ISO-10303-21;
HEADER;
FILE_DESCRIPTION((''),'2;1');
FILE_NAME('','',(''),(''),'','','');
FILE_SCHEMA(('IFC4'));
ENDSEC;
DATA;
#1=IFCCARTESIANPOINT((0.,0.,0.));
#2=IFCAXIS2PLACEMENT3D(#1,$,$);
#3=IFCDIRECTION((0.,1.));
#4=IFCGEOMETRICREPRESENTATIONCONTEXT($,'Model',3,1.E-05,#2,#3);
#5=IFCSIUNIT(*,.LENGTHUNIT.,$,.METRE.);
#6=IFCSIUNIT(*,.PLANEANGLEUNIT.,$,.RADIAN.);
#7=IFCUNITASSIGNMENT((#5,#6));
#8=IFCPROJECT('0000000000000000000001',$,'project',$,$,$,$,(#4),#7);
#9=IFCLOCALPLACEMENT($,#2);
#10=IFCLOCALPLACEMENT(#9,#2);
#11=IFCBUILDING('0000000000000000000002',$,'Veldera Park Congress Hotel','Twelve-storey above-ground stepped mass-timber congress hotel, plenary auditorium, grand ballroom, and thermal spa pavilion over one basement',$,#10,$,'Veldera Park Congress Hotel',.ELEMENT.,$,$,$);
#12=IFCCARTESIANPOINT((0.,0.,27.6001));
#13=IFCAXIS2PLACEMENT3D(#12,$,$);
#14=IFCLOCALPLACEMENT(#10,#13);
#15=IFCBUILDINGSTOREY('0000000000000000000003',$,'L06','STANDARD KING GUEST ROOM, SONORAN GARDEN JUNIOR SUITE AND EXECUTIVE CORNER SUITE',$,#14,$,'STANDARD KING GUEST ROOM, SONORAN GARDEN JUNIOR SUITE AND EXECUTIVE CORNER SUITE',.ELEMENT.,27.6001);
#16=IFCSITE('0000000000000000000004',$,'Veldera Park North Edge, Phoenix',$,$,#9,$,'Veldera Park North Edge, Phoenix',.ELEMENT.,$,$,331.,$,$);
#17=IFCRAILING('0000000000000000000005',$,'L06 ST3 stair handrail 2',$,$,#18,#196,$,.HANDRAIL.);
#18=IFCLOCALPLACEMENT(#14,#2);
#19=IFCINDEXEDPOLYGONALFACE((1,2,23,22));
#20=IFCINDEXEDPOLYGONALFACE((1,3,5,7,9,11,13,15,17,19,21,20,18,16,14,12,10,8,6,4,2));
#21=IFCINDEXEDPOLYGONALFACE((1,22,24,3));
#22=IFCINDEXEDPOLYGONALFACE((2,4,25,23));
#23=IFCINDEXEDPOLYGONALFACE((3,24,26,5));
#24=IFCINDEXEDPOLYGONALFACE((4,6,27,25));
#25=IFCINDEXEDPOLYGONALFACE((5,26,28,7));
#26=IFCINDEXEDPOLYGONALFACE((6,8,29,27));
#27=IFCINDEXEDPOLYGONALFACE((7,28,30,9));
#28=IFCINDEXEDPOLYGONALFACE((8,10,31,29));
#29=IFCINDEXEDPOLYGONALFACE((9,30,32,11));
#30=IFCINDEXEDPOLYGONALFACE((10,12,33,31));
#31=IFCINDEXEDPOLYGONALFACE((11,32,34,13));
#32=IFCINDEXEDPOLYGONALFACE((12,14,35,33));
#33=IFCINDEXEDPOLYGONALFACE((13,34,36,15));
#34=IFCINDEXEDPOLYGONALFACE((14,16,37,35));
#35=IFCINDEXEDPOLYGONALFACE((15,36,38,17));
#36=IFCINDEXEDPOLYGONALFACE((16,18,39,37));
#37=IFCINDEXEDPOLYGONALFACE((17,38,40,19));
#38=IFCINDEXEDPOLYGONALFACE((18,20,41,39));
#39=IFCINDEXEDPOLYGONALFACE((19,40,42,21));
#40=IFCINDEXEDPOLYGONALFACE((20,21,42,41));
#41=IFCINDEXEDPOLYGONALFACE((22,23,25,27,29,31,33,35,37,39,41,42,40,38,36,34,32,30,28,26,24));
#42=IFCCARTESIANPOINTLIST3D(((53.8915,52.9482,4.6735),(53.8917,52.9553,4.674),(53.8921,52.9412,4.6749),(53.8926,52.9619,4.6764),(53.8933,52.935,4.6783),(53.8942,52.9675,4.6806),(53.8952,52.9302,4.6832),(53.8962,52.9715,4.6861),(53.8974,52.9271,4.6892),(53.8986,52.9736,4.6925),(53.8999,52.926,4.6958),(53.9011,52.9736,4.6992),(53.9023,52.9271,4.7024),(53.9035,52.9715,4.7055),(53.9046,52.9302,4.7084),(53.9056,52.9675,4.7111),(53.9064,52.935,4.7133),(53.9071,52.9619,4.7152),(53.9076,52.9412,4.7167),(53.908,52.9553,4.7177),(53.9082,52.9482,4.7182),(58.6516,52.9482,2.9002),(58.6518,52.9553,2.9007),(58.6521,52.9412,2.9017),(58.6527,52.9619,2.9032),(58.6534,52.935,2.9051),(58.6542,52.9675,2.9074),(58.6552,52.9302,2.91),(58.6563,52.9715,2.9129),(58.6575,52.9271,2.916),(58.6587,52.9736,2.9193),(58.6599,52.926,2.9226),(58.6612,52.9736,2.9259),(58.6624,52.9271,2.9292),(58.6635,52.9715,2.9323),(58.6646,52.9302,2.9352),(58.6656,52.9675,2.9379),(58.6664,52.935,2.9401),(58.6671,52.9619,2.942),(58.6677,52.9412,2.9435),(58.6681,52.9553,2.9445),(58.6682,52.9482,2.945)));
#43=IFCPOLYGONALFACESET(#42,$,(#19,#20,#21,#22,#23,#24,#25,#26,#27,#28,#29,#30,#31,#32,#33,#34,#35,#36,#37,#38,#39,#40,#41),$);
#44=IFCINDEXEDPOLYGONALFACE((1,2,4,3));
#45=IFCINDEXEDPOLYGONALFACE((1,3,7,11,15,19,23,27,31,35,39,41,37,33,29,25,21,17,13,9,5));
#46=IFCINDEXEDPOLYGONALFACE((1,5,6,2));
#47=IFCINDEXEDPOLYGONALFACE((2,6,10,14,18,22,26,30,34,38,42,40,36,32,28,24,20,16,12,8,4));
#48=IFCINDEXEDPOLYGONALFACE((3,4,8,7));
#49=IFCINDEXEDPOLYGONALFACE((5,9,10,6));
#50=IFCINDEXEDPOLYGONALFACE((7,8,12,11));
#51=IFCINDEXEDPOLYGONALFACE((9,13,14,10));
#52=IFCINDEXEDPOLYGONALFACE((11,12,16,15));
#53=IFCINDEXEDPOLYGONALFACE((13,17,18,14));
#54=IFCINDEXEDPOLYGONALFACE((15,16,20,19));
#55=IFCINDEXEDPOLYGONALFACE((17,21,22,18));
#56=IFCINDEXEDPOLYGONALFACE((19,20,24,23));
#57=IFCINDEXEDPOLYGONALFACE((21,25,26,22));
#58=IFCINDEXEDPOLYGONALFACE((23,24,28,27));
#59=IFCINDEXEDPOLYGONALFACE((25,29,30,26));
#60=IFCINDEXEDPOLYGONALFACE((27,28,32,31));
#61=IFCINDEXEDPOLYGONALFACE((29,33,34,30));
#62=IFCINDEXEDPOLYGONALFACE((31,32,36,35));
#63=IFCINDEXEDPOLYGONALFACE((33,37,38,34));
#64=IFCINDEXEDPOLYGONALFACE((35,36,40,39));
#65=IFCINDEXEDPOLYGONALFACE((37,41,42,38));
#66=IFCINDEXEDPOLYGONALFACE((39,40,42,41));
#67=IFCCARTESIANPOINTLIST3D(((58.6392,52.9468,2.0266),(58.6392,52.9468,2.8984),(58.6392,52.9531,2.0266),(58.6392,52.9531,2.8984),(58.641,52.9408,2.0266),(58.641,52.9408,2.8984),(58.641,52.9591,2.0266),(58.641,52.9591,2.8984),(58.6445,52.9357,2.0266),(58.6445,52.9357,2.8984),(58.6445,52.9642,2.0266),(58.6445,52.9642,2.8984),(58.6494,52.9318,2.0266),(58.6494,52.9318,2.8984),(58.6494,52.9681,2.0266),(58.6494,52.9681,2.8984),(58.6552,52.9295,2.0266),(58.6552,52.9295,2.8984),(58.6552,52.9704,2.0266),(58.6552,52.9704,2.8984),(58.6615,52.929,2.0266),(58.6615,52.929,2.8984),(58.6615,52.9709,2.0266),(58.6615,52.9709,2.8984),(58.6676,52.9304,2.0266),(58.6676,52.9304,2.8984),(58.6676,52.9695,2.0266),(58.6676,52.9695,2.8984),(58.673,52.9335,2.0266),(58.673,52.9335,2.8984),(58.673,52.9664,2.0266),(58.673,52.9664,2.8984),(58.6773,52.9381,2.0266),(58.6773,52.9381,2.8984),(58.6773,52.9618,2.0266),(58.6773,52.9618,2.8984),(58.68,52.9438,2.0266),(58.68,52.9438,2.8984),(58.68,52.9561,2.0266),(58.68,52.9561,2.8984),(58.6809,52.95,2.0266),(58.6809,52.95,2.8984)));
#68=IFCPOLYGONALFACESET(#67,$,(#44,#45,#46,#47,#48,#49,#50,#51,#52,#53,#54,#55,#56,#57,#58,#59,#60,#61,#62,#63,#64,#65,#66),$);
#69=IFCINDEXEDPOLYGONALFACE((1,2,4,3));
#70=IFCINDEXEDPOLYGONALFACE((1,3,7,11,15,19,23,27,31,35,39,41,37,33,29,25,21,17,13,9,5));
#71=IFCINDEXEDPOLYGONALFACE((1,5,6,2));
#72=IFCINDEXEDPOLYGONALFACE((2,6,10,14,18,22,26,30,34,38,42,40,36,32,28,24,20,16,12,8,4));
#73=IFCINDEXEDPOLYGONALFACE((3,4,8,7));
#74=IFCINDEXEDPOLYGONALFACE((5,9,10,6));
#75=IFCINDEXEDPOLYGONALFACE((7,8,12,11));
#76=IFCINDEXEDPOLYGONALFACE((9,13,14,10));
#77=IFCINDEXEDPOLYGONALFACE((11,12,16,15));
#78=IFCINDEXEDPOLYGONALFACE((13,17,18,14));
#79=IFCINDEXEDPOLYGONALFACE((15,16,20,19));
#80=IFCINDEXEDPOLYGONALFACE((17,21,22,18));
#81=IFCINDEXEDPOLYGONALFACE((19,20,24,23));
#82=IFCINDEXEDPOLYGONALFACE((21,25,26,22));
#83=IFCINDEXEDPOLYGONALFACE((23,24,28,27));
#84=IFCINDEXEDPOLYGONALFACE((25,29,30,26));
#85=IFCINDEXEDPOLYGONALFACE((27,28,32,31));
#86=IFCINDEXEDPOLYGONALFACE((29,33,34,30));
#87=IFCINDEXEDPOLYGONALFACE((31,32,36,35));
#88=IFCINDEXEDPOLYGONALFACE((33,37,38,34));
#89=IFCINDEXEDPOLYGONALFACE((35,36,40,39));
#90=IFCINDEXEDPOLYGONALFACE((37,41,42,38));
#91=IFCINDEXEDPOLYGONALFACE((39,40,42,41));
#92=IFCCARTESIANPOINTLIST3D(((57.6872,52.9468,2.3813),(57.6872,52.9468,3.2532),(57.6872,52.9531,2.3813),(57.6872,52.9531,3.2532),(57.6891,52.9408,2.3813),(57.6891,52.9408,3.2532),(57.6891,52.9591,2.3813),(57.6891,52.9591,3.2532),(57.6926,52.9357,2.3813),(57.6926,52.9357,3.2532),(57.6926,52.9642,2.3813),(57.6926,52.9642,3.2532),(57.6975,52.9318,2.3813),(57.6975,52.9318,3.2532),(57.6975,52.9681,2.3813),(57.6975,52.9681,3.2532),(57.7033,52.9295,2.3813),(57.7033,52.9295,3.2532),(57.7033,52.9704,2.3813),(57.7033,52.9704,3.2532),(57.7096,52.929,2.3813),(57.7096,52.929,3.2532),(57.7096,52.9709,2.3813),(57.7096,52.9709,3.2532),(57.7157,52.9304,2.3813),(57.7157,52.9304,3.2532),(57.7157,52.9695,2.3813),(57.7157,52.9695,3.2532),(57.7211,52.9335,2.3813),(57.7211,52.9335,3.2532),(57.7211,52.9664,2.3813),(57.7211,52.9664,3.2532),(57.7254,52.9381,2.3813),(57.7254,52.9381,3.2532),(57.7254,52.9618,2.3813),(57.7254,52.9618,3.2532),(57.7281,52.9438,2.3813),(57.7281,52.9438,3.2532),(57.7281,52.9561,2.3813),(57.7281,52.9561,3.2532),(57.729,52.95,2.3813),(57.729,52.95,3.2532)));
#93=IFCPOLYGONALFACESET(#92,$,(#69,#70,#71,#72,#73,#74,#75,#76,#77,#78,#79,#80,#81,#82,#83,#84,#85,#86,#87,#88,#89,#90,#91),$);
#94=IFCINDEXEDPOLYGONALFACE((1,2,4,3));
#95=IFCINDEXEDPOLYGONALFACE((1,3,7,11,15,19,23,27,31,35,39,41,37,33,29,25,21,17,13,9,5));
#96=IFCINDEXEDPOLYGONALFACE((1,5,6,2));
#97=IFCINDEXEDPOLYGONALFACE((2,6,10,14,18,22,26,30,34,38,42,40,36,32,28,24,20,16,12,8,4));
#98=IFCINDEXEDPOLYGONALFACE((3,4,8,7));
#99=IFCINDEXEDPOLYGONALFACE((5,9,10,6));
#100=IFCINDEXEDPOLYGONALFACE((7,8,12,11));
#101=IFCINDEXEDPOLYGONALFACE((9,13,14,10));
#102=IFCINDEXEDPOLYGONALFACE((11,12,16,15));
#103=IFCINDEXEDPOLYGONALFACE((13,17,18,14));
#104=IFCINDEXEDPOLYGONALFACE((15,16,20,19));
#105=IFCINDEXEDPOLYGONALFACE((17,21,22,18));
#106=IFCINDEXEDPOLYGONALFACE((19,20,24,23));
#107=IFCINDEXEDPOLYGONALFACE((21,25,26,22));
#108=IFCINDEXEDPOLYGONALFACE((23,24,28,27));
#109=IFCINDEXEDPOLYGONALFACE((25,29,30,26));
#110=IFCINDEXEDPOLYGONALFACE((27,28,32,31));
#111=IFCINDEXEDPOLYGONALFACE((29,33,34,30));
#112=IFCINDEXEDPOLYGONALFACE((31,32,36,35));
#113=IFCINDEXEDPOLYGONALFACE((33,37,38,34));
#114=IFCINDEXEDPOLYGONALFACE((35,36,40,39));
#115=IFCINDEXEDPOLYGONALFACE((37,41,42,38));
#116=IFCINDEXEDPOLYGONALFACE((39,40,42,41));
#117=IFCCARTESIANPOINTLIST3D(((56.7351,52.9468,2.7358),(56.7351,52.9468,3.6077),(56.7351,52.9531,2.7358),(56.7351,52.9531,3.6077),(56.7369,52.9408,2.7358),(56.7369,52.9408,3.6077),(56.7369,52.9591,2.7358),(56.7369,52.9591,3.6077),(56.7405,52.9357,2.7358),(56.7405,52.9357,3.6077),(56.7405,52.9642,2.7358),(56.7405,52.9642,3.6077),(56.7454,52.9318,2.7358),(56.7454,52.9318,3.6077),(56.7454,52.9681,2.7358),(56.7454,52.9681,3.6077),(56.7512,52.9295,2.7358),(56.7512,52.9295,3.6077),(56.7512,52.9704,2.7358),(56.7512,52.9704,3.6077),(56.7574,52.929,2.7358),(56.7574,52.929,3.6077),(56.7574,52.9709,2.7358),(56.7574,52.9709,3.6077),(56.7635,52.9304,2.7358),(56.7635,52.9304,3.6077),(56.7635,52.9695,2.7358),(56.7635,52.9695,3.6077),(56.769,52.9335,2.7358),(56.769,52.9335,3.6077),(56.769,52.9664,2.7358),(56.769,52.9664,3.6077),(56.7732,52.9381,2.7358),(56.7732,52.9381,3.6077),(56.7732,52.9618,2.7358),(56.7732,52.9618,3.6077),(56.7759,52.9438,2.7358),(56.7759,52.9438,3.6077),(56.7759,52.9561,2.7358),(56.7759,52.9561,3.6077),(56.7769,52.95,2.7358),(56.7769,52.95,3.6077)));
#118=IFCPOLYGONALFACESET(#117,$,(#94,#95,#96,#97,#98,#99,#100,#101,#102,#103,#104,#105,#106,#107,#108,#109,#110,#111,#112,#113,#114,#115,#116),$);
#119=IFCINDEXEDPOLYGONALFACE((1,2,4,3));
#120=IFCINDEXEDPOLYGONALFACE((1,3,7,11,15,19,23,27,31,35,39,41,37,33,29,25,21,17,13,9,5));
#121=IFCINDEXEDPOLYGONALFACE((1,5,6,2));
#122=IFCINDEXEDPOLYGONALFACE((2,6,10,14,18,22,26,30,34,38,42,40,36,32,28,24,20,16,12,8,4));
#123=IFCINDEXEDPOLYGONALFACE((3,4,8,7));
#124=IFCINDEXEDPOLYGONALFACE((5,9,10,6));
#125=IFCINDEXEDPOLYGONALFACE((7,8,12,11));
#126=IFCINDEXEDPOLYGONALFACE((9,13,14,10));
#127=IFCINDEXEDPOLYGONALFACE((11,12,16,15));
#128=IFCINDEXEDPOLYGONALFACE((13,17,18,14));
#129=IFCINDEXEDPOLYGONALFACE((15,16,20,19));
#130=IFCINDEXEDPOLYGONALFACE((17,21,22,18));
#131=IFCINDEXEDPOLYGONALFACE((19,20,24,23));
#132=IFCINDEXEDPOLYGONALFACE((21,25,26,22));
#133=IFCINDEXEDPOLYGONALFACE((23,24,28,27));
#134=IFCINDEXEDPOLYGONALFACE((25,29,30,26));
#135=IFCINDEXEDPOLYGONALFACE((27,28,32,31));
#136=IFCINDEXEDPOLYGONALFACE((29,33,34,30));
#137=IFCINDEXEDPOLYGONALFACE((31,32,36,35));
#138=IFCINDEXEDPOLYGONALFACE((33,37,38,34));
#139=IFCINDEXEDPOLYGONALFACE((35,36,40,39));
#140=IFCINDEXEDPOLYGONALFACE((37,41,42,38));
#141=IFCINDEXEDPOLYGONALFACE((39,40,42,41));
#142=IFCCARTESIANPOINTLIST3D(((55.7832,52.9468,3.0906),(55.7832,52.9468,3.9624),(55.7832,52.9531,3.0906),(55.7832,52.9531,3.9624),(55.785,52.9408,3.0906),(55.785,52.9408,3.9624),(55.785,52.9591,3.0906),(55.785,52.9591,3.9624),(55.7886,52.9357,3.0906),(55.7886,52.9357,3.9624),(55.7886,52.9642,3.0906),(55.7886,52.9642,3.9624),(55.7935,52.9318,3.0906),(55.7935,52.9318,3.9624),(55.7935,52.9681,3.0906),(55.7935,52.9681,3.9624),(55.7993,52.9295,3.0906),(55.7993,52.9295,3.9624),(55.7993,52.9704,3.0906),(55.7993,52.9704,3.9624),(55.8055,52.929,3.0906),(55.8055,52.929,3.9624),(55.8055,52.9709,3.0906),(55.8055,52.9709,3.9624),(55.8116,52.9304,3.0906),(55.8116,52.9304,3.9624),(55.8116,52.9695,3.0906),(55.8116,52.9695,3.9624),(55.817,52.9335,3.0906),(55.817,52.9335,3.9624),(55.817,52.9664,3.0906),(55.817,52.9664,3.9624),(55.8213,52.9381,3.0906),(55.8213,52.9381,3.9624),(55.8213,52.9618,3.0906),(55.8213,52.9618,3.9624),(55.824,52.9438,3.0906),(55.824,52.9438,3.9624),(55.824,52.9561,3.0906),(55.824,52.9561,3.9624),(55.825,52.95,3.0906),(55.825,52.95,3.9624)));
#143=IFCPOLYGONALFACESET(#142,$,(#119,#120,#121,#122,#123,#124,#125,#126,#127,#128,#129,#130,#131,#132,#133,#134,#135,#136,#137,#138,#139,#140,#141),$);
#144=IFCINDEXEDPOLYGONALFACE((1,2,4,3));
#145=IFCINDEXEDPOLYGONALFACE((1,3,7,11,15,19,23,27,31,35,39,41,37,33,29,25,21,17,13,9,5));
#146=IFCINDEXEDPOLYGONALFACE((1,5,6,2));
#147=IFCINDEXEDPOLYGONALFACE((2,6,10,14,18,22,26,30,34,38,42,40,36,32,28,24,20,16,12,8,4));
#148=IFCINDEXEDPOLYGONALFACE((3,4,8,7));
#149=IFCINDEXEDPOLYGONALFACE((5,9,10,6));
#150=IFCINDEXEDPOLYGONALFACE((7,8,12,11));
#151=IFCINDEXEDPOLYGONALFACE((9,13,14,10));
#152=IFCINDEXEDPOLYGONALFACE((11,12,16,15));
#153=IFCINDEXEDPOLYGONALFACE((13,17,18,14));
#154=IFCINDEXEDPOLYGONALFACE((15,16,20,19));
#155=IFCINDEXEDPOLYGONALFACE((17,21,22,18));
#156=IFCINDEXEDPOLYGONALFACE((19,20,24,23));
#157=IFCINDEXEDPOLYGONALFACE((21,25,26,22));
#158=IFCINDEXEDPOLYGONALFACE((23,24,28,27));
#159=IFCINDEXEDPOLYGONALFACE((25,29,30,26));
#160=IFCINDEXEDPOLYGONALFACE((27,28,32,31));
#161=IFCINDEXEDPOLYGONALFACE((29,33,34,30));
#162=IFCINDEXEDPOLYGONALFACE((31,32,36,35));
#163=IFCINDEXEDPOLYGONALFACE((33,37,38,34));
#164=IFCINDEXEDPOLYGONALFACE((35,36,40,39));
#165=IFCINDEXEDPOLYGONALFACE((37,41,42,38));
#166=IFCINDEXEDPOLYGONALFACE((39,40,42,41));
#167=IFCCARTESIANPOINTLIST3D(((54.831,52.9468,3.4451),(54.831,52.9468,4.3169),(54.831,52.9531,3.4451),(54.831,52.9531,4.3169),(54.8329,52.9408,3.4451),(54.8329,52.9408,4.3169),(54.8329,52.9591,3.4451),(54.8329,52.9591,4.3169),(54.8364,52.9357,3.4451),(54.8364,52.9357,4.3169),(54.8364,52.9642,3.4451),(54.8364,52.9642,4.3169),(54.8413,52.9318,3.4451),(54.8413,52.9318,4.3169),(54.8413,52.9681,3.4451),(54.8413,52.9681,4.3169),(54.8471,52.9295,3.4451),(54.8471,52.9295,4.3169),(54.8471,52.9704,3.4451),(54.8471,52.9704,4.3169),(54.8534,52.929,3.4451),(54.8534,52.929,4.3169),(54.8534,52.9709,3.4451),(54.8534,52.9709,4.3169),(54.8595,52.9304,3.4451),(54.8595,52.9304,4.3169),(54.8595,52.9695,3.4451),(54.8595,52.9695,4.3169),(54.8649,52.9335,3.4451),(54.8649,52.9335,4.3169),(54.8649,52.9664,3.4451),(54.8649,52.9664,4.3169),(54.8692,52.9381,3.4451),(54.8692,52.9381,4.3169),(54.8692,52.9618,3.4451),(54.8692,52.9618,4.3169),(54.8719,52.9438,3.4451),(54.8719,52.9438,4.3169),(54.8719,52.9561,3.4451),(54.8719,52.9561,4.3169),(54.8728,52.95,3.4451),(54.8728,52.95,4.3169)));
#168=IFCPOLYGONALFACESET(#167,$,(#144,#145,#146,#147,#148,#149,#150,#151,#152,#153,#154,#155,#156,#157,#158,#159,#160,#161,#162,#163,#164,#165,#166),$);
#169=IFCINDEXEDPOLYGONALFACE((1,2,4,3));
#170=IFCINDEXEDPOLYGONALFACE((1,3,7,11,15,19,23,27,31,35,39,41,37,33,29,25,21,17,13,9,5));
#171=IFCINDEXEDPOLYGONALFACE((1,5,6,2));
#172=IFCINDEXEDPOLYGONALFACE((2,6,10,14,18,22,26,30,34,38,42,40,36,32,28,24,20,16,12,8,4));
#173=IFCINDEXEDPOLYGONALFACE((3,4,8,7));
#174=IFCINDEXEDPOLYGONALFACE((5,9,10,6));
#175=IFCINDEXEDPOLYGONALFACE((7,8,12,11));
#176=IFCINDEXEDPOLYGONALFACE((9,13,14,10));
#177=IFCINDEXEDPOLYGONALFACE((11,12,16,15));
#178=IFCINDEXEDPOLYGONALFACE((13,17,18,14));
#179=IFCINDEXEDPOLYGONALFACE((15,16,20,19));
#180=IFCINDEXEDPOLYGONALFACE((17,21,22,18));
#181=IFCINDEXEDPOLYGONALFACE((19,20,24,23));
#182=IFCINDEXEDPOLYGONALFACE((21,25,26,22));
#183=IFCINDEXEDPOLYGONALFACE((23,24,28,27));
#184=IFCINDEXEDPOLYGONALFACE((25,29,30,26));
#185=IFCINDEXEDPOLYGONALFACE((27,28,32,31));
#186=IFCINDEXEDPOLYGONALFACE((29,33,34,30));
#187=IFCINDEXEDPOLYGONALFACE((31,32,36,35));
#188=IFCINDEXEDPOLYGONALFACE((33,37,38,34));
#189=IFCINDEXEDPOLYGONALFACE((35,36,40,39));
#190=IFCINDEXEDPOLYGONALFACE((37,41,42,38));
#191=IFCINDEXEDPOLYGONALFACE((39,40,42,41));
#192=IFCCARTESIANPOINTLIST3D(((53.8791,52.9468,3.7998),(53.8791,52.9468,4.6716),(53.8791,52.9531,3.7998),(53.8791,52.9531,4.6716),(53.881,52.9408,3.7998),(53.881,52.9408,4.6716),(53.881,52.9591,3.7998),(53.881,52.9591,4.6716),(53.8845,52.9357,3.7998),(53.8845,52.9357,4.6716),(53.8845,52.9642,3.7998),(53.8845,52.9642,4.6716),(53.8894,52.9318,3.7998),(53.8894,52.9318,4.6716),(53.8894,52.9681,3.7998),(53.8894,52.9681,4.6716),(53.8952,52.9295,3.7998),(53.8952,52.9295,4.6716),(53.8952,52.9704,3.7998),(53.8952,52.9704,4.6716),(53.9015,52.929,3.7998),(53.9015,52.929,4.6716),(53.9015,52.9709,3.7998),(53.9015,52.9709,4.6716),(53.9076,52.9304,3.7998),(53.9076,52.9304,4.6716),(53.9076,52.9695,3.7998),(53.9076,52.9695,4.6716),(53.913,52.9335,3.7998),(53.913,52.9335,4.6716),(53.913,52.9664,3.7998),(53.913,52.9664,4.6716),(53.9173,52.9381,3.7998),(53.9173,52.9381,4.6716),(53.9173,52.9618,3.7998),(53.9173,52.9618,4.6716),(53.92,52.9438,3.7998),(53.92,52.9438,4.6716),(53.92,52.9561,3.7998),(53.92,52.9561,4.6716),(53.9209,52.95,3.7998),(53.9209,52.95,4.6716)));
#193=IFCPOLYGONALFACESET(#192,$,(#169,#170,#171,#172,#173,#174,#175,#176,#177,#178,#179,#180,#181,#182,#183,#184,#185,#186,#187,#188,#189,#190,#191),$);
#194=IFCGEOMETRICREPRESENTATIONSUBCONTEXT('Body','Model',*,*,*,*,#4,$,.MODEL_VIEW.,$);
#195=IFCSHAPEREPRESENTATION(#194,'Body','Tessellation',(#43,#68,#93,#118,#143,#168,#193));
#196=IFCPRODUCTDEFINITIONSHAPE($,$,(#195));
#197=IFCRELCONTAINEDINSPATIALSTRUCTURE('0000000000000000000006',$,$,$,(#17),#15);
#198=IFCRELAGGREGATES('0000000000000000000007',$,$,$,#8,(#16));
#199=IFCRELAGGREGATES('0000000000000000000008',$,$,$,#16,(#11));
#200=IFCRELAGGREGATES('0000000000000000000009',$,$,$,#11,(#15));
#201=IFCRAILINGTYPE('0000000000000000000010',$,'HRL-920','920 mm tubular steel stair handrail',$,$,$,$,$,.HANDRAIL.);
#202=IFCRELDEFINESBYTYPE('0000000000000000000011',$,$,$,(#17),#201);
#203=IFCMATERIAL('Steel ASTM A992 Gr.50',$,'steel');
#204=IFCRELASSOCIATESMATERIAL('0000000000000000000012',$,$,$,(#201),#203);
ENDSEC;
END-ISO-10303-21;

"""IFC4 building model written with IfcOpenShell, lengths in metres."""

from ifc_helpers import new_model, si_unit, direction, frame, origin, origin_2d, place, context, subcontext, project, spatial, circle, extrude, material, type_object, element, save


model = new_model("IFC4")

# Units and contexts
model_context = context("Model", 3, precision=1e-05, world=origin(), true_north=direction((0.0, 1.0)))
body_context = subcontext(model_context, "Body", "Model", "MODEL_VIEW")
ifc_project = project(units=[si_unit("LENGTHUNIT", "METRE"), si_unit("PLANEANGLEUNIT", "RADIAN")], contexts=[model_context])

# Site, building, storey
site_placement = place(None, origin())
site = spatial("IfcSite", under=ifc_project, at=site_placement, Name="Veldera Park North Edge, Phoenix", LongName="Veldera Park North Edge, Phoenix", CompositionType="ELEMENT", RefElevation=331.0)
building_placement = place(site_placement, origin())
building = spatial("IfcBuilding", under=site, at=building_placement, Name="Veldera Park Congress Hotel", Description="Twelve-storey above-ground stepped mass-timber congress hotel, plenary auditorium, grand ballroom, and thermal spa pavilion over one basement", LongName="Veldera Park Congress Hotel", CompositionType="ELEMENT")
storey_placement = place(building_placement, frame((0.0, 0.0, 27.6001)))
storey = spatial("IfcBuildingStorey", under=building, at=storey_placement, Name="L06", Description="STANDARD KING GUEST ROOM, SONORAN GARDEN JUNIOR SUITE AND EXECUTIVE CORNER SUITE", LongName="STANDARD KING GUEST ROOM, SONORAN GARDEN JUNIOR SUITE AND EXECUTIVE CORNER SUITE", CompositionType="ELEMENT", Elevation=27.6001)

# Railing
ifc_material_1 = material(Name="Steel ASTM A992 Gr.50", Category="steel")
railing_type_1 = type_object("IfcRailingType", Name="HRL-920", Description="920 mm tubular steel stair handrail", PredefinedType="HANDRAIL", material=ifc_material_1)
railing_1_placement = place(storey_placement, frame((58.6599, 52.95, 2.0266)))
element("IfcRailing", 1, at=railing_1_placement, inside=storey, type_object=railing_type_1, Name="L06 ST3 stair handrail 2", PredefinedType="HANDRAIL", context=body_context, shape_type="SweptSolid", body=[
    extrude(circle(Radius=0.0239, at=origin_2d()), frame((0.0, 0.0, 0.896), z_axis=(-0.937091, 0.0, 0.349084), x_axis=(0.0, -1.0, 0.0)), (0.0, 0.0, 1.0), 5.0796),
    extrude(circle(Radius=0.021, at=origin_2d()), origin(), (0.0, 0.0, 1.0), 0.8718),
    extrude(circle(Radius=0.021, at=origin_2d()), frame((-0.9519, 0.0, 0.3547)), (0.0, 0.0, 1.0), 0.8718),
    extrude(circle(Radius=0.021, at=origin_2d()), frame((-1.9041, 0.0, 0.7092)), (0.0, 0.0, 1.0), 0.8718),
    extrude(circle(Radius=0.021, at=origin_2d()), frame((-2.856, 0.0, 1.064)), (0.0, 0.0, 1.0), 0.8718),
    extrude(circle(Radius=0.021, at=origin_2d()), frame((-3.8081, 0.0, 1.4185)), (0.0, 0.0, 1.0), 0.8718),
    extrude(circle(Radius=0.021, at=origin_2d()), frame((-4.76, 0.0, 1.7732)), (0.0, 0.0, 1.0), 0.8718),
])

save(model, "model.ifc")
